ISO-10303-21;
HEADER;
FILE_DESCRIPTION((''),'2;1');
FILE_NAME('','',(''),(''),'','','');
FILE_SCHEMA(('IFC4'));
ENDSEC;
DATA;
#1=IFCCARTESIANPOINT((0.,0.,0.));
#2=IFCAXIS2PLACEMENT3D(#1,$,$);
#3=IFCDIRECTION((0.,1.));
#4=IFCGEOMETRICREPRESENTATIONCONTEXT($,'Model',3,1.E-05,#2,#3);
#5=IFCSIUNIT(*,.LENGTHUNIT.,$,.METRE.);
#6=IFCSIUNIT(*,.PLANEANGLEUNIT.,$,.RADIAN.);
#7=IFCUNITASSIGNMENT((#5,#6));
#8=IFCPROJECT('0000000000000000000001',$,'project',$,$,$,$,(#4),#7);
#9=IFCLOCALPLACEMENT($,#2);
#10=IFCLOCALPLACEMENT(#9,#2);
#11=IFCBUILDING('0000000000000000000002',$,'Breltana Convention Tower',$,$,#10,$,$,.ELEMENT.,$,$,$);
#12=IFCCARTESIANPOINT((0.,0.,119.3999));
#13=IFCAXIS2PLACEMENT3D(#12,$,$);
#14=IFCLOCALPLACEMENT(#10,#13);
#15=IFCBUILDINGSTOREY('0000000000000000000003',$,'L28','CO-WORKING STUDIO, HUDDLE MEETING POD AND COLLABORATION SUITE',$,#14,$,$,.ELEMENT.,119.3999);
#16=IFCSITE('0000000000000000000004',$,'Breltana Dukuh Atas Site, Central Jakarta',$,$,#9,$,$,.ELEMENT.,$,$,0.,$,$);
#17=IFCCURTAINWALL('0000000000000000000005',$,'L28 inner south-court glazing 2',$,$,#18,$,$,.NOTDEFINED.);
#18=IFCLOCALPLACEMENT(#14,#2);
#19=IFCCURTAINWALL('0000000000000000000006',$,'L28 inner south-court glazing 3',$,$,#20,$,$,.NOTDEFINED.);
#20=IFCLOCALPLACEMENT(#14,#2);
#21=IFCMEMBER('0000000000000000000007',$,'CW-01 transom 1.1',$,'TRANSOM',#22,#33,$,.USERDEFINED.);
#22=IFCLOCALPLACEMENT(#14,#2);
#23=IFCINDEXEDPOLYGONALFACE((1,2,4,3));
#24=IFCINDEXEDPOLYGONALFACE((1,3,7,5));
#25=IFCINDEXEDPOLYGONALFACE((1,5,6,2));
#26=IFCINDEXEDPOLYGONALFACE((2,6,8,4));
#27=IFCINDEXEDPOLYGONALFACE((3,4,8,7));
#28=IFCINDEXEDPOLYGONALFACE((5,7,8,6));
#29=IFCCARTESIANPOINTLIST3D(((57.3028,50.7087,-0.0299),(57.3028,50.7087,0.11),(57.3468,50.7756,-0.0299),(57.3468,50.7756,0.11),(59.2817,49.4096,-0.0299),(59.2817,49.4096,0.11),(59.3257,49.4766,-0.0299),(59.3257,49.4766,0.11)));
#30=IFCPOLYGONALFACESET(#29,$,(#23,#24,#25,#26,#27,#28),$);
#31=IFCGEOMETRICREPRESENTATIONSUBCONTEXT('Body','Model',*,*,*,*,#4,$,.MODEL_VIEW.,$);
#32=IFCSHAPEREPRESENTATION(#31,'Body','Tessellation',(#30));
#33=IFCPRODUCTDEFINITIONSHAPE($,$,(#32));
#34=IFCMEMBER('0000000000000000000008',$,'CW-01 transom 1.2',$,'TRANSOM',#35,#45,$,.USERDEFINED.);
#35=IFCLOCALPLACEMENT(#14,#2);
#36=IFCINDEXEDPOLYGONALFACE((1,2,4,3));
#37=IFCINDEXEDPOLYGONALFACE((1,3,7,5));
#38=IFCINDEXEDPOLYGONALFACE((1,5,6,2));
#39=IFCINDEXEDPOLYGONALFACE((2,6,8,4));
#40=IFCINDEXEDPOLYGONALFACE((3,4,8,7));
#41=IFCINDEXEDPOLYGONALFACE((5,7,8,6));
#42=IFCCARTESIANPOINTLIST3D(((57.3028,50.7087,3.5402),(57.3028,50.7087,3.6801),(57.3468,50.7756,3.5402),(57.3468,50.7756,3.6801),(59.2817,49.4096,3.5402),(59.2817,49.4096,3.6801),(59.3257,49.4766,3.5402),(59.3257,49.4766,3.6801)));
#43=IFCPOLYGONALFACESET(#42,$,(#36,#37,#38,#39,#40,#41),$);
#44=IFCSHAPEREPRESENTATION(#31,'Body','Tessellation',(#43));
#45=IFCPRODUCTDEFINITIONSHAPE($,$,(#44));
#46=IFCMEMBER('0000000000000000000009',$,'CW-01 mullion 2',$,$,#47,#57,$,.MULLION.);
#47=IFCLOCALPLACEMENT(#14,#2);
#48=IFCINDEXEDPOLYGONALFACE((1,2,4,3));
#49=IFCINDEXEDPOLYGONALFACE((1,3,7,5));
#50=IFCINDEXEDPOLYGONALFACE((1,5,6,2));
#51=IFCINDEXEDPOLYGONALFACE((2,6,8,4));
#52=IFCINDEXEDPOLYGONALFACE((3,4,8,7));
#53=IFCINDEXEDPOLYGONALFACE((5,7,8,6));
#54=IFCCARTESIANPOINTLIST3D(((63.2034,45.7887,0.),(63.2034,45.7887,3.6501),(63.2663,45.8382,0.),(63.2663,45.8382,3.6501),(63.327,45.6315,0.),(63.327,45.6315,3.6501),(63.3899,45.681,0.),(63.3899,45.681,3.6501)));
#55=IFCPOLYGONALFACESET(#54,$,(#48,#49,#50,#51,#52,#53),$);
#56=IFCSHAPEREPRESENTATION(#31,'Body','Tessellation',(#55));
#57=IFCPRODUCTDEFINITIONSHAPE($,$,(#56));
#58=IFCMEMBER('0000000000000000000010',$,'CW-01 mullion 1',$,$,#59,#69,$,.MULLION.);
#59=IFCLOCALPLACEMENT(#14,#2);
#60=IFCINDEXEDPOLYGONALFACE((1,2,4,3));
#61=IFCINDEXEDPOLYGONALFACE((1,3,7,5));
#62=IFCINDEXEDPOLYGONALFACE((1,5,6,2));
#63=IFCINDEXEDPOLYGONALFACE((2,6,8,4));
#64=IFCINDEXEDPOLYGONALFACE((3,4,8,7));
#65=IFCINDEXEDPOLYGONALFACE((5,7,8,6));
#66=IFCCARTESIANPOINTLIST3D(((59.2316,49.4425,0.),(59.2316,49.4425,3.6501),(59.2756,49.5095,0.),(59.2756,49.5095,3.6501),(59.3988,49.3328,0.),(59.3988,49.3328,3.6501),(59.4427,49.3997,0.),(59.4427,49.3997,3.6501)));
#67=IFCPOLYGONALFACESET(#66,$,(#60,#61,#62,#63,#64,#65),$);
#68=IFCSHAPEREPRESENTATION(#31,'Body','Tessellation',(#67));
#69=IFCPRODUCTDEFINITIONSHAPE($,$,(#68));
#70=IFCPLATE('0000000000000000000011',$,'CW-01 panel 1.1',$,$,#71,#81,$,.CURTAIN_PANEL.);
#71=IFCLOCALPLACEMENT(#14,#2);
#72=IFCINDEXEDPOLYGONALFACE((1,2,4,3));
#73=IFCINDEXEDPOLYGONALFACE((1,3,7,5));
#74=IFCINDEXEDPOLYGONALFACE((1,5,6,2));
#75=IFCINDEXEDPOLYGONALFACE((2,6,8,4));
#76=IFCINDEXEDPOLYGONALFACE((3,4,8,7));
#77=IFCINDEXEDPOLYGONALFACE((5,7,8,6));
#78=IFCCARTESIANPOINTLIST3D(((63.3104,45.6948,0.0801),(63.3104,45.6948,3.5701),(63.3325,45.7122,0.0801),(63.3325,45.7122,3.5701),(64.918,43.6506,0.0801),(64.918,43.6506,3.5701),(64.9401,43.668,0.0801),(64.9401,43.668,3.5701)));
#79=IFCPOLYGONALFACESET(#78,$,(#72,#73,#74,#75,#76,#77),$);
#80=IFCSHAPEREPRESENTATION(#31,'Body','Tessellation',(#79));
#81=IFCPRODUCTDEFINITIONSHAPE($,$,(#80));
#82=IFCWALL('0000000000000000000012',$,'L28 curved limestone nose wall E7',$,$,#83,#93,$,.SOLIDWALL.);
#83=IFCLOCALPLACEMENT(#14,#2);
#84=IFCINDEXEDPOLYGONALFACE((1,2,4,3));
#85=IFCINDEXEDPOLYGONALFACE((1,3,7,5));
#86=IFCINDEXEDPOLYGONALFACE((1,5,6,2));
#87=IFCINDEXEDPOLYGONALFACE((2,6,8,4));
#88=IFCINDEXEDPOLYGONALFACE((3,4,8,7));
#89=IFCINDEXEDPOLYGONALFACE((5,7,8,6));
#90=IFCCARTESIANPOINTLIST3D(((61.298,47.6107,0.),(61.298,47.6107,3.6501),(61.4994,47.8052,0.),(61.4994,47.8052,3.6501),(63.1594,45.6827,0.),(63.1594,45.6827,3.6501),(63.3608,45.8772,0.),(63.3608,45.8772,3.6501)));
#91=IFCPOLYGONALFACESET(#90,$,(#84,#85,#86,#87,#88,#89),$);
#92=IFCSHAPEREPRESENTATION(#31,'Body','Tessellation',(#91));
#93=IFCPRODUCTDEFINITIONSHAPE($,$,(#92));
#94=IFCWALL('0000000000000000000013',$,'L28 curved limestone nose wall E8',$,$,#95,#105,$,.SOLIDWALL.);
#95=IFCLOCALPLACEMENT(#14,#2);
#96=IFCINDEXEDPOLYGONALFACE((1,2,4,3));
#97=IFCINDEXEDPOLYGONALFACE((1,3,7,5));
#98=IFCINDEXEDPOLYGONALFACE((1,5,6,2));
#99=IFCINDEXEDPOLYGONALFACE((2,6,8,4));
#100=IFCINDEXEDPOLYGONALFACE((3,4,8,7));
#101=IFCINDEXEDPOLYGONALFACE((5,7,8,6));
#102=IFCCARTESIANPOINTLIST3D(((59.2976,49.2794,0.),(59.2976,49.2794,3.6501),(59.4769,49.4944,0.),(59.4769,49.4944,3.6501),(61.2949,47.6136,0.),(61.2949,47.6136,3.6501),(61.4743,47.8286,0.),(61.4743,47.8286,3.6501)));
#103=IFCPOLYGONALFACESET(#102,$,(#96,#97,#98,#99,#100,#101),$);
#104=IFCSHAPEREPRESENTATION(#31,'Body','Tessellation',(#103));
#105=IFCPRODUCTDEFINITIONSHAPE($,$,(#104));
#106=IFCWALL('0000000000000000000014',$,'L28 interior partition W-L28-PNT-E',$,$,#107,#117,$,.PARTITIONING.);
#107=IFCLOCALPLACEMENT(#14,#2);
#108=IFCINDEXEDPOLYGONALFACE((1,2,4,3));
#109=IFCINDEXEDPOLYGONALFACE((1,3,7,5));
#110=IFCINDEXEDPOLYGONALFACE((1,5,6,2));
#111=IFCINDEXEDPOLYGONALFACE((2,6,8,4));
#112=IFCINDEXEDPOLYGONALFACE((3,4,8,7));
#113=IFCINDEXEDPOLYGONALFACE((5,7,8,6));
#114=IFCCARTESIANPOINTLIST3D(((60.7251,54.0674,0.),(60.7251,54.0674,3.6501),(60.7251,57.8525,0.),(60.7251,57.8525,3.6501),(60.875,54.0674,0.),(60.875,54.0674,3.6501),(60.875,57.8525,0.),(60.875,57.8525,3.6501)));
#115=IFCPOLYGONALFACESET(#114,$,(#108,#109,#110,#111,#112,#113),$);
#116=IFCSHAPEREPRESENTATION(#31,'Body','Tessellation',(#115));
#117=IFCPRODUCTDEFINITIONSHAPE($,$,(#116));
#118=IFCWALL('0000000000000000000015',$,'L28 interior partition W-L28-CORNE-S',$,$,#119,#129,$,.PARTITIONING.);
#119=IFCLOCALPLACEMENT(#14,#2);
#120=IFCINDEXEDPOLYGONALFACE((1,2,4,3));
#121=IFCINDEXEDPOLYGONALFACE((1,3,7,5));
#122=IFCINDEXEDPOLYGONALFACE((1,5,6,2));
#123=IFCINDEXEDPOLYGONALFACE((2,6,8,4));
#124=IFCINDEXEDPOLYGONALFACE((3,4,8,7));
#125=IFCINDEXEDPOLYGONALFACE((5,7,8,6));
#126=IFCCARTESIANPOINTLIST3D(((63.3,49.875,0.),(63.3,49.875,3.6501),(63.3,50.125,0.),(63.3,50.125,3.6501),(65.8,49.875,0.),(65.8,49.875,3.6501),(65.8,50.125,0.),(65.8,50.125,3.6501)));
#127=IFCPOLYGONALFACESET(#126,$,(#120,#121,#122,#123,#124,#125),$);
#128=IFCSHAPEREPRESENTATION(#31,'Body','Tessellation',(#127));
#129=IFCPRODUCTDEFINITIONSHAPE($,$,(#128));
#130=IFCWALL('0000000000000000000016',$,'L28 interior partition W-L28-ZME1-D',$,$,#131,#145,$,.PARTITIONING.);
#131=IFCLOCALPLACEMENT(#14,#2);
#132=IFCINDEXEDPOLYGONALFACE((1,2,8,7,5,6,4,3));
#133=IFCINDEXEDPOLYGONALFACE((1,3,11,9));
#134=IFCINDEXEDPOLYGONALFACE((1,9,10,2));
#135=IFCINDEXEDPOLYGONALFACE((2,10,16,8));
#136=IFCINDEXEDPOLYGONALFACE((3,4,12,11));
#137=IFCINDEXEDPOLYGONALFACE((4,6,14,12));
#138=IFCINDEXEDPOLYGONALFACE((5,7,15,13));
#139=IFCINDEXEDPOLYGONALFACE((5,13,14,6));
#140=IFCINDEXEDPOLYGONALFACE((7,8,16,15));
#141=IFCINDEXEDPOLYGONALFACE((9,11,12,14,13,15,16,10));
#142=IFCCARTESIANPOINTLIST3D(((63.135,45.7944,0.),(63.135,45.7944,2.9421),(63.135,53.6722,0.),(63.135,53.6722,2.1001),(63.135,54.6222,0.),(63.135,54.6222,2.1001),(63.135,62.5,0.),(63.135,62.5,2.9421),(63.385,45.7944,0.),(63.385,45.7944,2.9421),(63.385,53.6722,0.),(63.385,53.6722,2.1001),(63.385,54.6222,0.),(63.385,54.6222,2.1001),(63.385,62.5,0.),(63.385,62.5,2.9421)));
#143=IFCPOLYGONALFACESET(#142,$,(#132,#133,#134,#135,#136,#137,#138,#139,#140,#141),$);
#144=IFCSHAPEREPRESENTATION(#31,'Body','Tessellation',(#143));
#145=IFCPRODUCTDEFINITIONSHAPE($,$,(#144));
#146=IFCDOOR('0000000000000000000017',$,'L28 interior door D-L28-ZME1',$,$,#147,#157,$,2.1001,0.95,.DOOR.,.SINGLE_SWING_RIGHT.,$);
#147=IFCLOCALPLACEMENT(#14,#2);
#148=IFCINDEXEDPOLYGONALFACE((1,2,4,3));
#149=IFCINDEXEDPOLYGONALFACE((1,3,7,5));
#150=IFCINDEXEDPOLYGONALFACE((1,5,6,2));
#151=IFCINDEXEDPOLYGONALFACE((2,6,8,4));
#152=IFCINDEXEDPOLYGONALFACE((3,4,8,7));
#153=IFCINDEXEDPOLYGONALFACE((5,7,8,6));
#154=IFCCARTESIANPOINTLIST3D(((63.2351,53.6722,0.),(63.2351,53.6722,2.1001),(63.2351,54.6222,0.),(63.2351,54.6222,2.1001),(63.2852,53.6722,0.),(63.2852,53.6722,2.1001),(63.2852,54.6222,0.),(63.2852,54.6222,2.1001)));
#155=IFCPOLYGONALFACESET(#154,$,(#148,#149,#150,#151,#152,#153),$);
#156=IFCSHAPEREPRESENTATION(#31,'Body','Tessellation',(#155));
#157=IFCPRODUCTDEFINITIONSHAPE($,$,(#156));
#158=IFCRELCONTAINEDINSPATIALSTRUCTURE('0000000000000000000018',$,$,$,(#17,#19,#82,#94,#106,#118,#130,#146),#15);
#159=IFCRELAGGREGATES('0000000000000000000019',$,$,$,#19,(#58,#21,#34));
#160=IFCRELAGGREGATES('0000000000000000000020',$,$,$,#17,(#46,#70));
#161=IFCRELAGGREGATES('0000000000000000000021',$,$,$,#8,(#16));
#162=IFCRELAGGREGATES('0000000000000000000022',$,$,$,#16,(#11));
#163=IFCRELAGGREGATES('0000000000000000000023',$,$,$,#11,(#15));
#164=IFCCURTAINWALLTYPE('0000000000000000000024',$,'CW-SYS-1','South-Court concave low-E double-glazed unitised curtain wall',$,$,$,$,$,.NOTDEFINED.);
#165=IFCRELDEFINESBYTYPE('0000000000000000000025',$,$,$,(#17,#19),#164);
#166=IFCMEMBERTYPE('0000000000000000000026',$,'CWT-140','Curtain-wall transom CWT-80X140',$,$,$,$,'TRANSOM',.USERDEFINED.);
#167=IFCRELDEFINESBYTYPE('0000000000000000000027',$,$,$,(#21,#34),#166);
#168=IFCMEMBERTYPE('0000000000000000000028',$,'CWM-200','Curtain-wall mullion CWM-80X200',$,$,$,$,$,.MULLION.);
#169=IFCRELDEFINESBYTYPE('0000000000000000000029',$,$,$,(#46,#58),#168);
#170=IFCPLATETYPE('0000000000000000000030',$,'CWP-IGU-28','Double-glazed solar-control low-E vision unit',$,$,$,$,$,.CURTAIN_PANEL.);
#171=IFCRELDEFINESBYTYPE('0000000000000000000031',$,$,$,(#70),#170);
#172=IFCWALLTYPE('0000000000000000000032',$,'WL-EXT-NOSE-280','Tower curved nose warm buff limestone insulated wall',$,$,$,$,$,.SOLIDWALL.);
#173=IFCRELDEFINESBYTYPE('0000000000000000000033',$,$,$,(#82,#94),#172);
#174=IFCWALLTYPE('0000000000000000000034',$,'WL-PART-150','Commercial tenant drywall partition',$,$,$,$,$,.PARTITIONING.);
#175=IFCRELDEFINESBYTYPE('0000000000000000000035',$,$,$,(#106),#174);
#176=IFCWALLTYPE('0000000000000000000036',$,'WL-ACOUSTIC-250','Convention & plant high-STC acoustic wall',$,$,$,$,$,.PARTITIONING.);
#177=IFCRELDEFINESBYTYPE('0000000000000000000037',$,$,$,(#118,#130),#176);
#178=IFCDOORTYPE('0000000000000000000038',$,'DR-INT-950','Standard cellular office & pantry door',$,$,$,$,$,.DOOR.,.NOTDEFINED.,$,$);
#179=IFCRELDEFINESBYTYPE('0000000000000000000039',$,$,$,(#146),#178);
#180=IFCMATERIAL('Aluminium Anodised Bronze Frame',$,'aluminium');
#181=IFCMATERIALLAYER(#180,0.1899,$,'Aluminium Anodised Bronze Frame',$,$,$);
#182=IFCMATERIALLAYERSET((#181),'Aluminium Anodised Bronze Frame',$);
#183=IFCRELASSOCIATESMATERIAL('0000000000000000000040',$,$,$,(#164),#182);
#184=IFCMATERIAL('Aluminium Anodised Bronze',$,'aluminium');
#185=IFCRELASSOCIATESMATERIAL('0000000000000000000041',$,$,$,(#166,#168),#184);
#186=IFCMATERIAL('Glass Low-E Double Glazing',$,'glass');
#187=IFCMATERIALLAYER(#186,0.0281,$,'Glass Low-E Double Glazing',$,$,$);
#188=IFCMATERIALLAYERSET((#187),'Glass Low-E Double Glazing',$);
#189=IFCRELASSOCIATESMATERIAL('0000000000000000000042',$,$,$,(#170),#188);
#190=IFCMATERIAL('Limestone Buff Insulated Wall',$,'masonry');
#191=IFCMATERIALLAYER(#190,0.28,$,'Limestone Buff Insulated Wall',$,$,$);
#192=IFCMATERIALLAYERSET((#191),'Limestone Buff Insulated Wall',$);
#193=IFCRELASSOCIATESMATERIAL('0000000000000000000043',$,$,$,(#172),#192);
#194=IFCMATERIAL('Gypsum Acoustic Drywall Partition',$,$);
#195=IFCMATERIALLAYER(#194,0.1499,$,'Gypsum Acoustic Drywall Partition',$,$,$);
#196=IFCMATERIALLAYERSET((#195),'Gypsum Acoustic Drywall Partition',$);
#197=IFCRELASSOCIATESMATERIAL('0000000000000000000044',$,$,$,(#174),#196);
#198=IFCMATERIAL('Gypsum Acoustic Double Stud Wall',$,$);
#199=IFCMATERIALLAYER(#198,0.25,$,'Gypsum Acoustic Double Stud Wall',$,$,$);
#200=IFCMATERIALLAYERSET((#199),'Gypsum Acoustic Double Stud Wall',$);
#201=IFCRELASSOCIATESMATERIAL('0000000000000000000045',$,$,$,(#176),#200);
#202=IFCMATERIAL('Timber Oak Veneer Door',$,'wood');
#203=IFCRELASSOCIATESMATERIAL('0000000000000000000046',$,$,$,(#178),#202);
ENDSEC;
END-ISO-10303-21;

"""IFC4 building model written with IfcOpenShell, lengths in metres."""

from ifc_helpers import new_model, si_unit, direction, frame, frame_2d, origin, origin_2d, place, context, subcontext, project, spatial, rectangle, extrude, source, transform, mapped, material, layer, layer_set, material_profile, profile_set, type_object, type_shapes, element, fill, aggregate, save


model = new_model("IFC4")

# Units and contexts
model_context = context("Model", 3, precision=1e-05, world=origin(), true_north=direction((0.0, 1.0)))
body_context = subcontext(model_context, "Body", "Model", "MODEL_VIEW")
ifc_project = project(units=[si_unit("LENGTHUNIT", "METRE"), si_unit("PLANEANGLEUNIT", "RADIAN")], contexts=[model_context])

# Site, building, storey
site_placement = place(None, origin())
site = spatial("IfcSite", under=ifc_project, at=site_placement, Name="Breltana Dukuh Atas Site, Central Jakarta", CompositionType="ELEMENT", RefElevation=0.0)
building_placement = place(site_placement, origin())
building = spatial("IfcBuilding", under=site, at=building_placement, Name="Breltana Convention Tower", CompositionType="ELEMENT")
storey_placement = place(building_placement, frame((0.0, 0.0, 119.3999)))
storey = spatial("IfcBuildingStorey", under=building, at=storey_placement, Name="L28", Description="CO-WORKING STUDIO, HUDDLE MEETING POD AND COLLABORATION SUITE", CompositionType="ELEMENT", Elevation=119.3999)

# Curtain wall
ifc_material_1 = material(Name="Aluminium Anodised Bronze Frame", Category="aluminium")
ifc_layer_1 = layer(ifc_material_1, 0.1899, Name="Aluminium Anodised Bronze Frame")
ifc_layer_set_1 = layer_set([ifc_layer_1], Name="Aluminium Anodised Bronze Frame")
curtain_wall_type = type_object("IfcCurtainWallType", Name="CW-SYS-1", Description="South-Court concave low-E double-glazed unitised curtain wall", PredefinedType="NOTDEFINED", material=ifc_layer_set_1)
curtain_wall_1_placement = place(storey_placement, origin())
curtain_wall_1 = element("IfcCurtainWall", 1, at=curtain_wall_1_placement, inside=storey, type_object=curtain_wall_type, Name="L28 inner south-court glazing 2", PredefinedType="NOTDEFINED")
ifc_material_2 = material(Name="Aluminium Anodised Bronze", Category="aluminium")
ifc_material_profile_1 = material_profile(ifc_material_2, rectangle(XDim=0.0801, YDim=0.1399, at=origin_2d()), Name="CWT-80X140")
ifc_profile_set_1 = profile_set([ifc_material_profile_1], Name="Aluminium Anodised Bronze")
member_type_1 = type_object("IfcMemberType", Name="CWT-140", Description="Curtain-wall transom CWT-80X140", ElementType="TRANSOM", PredefinedType="USERDEFINED", material=ifc_profile_set_1)

# Curtain wall, members
curtain_wall_2_placement = place(storey_placement, origin())
curtain_wall_2 = element("IfcCurtainWall", 2, at=curtain_wall_2_placement, inside=storey, type_object=curtain_wall_type, Name="L28 inner south-court glazing 3", PredefinedType="NOTDEFINED")
shared_shape_1 = source(origin(), body_context, "Body", "SweptSolid", [
    extrude(rectangle(XDim=0.0801, YDim=0.1399, at=origin_2d()), origin(), (0.0, 0.0, 1.0), 2.3672),
])
member_1_placement = place(storey_placement, frame((59.3037, 49.4431, 0.04), z_axis=(-0.83598, 0.54876, 0.0), x_axis=(-0.54876, -0.83598, 0.0)))
member_1 = element("IfcMember", 3, at=member_1_placement, type_object=member_type_1, Name="CW-01 transom 1.1", ObjectType="TRANSOM", PredefinedType="USERDEFINED", context=body_context, shape_type="MappedRepresentation", body=[
    mapped(shared_shape_1, transform((0.0, 0.0, 0.0), scale=1.0)),
])
member_2_placement = place(storey_placement, frame((59.3037, 49.4431, 3.6101), z_axis=(-0.83598, 0.54876, 0.0), x_axis=(-0.54876, -0.83598, 0.0)))
member_2 = element("IfcMember", 4, at=member_2_placement, type_object=member_type_1, Name="CW-01 transom 1.2", ObjectType="TRANSOM", PredefinedType="USERDEFINED", context=body_context, shape_type="MappedRepresentation", body=[
    mapped(shared_shape_1, transform((0.0, 0.0, 0.0), scale=1.0)),
])

# Members
ifc_material_profile_2 = material_profile(ifc_material_2, rectangle(XDim=0.0801, YDim=0.2, at=origin_2d()), Name="CWM-80X200")
ifc_profile_set_2 = profile_set([ifc_material_profile_2], Name="Aluminium Anodised Bronze")
member_type_2 = type_object("IfcMemberType", Name="CWM-200", Description="Curtain-wall mullion CWM-80X200", PredefinedType="MULLION", material=ifc_profile_set_2)
shared_shape_2 = source(origin(), body_context, "Body", "SweptSolid", [
    extrude(rectangle(XDim=0.0801, YDim=0.2, at=origin_2d()), origin(), (0.0, 0.0, 1.0), 3.6501),
])
member_3_placement = place(storey_placement, frame((63.2966, 45.7349, 0.0), z_axis=(0.0, 0.0, 1.0), x_axis=(-0.786054, -0.618157, 0.0)))
member_3 = element("IfcMember", 5, at=member_3_placement, type_object=member_type_2, Name="CW-01 mullion 2", PredefinedType="MULLION", context=body_context, shape_type="MappedRepresentation", body=[
    mapped(shared_shape_2, transform((0.0, 0.0, 0.0), scale=1.0)),
])
member_4_placement = place(storey_placement, frame((59.3372, 49.4211, 0.0), z_axis=(0.0, 0.0, 1.0), x_axis=(-0.548778, -0.835968, 0.0)))
member_4 = element("IfcMember", 6, at=member_4_placement, type_object=member_type_2, Name="CW-01 mullion 1", PredefinedType="MULLION", context=body_context, shape_type="MappedRepresentation", body=[
    mapped(shared_shape_2, transform((0.0, 0.0, 0.0), scale=1.0)),
])
aggregate(curtain_wall_2, [member_4, member_1, member_2])

# Plate
ifc_material_3 = material(Name="Glass Low-E Double Glazing", Category="glass")
ifc_layer_2 = layer(ifc_material_3, 0.0281, Name="Glass Low-E Double Glazing")
ifc_layer_set_2 = layer_set([ifc_layer_2], Name="Glass Low-E Double Glazing")
plate_type = type_object("IfcPlateType", Name="CWP-IGU-28", Description="Double-glazed solar-control low-E vision unit", PredefinedType="CURTAIN_PANEL", material=ifc_layer_set_2)
shared_shape_3 = source(origin(), body_context, "Body", "SweptSolid", [
    extrude(rectangle(XDim=2.6006, YDim=0.0281, at=origin_2d()), origin(), (0.0, 0.0, 1.0), 3.49),
])
plate_placement = place(storey_placement, frame((64.1252, 44.6814, 0.0801), z_axis=(0.0, 0.0, 1.0), x_axis=(-0.618157, 0.786054, 0.0)))
plate = element("IfcPlate", 7, at=plate_placement, type_object=plate_type, Name="CW-01 panel 1.1", PredefinedType="CURTAIN_PANEL", context=body_context, shape_type="MappedRepresentation", body=[
    mapped(shared_shape_3, transform((0.0, 0.0, 0.0), scale=1.0)),
])
aggregate(curtain_wall_1, [member_3, plate])

# Walls
ifc_material_4 = material(Name="Limestone Buff Insulated Wall", Category="masonry")
ifc_layer_3 = layer(ifc_material_4, 0.28, Name="Limestone Buff Insulated Wall")
ifc_layer_set_3 = layer_set([ifc_layer_3], Name="Limestone Buff Insulated Wall")
wall_type_1 = type_object("IfcWallType", Name="WL-EXT-NOSE-280", Description="Tower curved nose warm buff limestone insulated wall", PredefinedType="SOLIDWALL", material=ifc_layer_set_3)
shared_shape_4 = source(origin(), body_context, "Body", "SweptSolid", [
    extrude(rectangle(XDim=2.6799, YDim=0.28, at=frame_2d((1.3398, 0.0))), origin(), (0.0, 0.0, 1.0), 3.6501),
])
wall_1_placement = place(storey_placement, frame((63.26, 45.78, 0.0), z_axis=(0.0, 0.0, 1.0), x_axis=(-0.694562, 0.719433, 0.0)))
element("IfcWall", 8, at=wall_1_placement, inside=storey, type_object=wall_type_1, Name="L28 curved limestone nose wall E7", PredefinedType="SOLIDWALL", context=body_context, shape_type="MappedRepresentation", body=[
    mapped(shared_shape_4, transform((0.0, 0.0, 0.0), scale=1.0)),
])
shared_shape_5 = source(origin(), body_context, "Body", "SweptSolid", [
    extrude(rectangle(XDim=2.6008, YDim=0.28, at=frame_2d((1.3003, 0.0))), origin(), (0.0, 0.0, 1.0), 3.6501),
])
wall_2_placement = place(storey_placement, frame((61.3845, 47.7212, 0.0), z_axis=(0.0, 0.0, 1.0), x_axis=(-0.767967, 0.640489, 0.0)))
element("IfcWall", 9, at=wall_2_placement, inside=storey, type_object=wall_type_1, Name="L28 curved limestone nose wall E8", PredefinedType="SOLIDWALL", context=body_context, shape_type="MappedRepresentation", body=[
    mapped(shared_shape_5, transform((0.0, 0.0, 0.0), scale=1.0)),
])
ifc_material_5 = material(Name="Gypsum Acoustic Drywall Partition")
ifc_layer_4 = layer(ifc_material_5, 0.1499, Name="Gypsum Acoustic Drywall Partition")
ifc_layer_set_4 = layer_set([ifc_layer_4], Name="Gypsum Acoustic Drywall Partition")
wall_type_2 = type_object("IfcWallType", Name="WL-PART-150", Description="Commercial tenant drywall partition", PredefinedType="PARTITIONING", material=ifc_layer_set_4)
shared_shape_6 = source(origin(), body_context, "Body", "SweptSolid", [
    extrude(rectangle(XDim=3.7852, YDim=0.1499, at=frame_2d((1.8926, 0.0))), origin(), (0.0, 0.0, 1.0), 3.6501),
])
wall_3_placement = place(storey_placement, frame((60.8, 54.0674, 0.0), z_axis=(0.0, 0.0, 1.0), x_axis=(0.0, 1.0, 0.0)))
element("IfcWall", 10, at=wall_3_placement, inside=storey, type_object=wall_type_2, Name="L28 interior partition W-L28-PNT-E", PredefinedType="PARTITIONING", context=body_context, shape_type="MappedRepresentation", body=[
    mapped(shared_shape_6, transform((0.0, 0.0, 0.0), scale=1.0)),
])
ifc_material_6 = material(Name="Gypsum Acoustic Double Stud Wall")
ifc_layer_5 = layer(ifc_material_6, 0.25, Name="Gypsum Acoustic Double Stud Wall")
ifc_layer_set_5 = layer_set([ifc_layer_5], Name="Gypsum Acoustic Double Stud Wall")
wall_type_3 = type_object("IfcWallType", Name="WL-ACOUSTIC-250", Description="Convention & plant high-STC acoustic wall", PredefinedType="PARTITIONING", material=ifc_layer_set_5)
shared_shape_7 = source(origin(), body_context, "Body", "SweptSolid", [
    extrude(rectangle(XDim=2.5, YDim=0.25, at=frame_2d((1.25, 0.0))), origin(), (0.0, 0.0, 1.0), 3.6501),
])
wall_4_placement = place(storey_placement, frame((63.3, 50.0, 0.0), z_axis=(0.0, 0.0, 1.0), x_axis=(1.0, 0.0, 0.0)))
element("IfcWall", 11, at=wall_4_placement, inside=storey, type_object=wall_type_3, Name="L28 interior partition W-L28-CORNE-S", PredefinedType="PARTITIONING", context=body_context, shape_type="MappedRepresentation", body=[
    mapped(shared_shape_7, transform((0.0, 0.0, 0.0), scale=1.0)),
])

# Wall, opening, door
shared_shape_8 = source(origin(), body_context, "Body", "SweptSolid", [
    extrude(rectangle(XDim=16.7056, YDim=0.25, at=frame_2d((8.3528, 0.0))), origin(), (0.0, 0.0, 1.0), 2.9421),
])
wall_5_placement = place(storey_placement, frame((63.26, 45.7944, 0.0), z_axis=(0.0, 0.0, 1.0), x_axis=(0.0, 1.0, 0.0)))
wall_5 = element("IfcWall", 12, at=wall_5_placement, inside=storey, type_object=wall_type_3, Name="L28 interior partition W-L28-ZME1-D", PredefinedType="PARTITIONING", context=body_context, shape_type="MappedRepresentation", body=[
    mapped(shared_shape_8, transform((0.0, 0.0, 0.0), scale=1.0)),
])
opening_placement = place(wall_5_placement, frame((7.8777, 0.0, 0.0)))
opening = element("IfcOpeningElement", 13, at=opening_placement, cuts=wall_5, PredefinedType="OPENING", context=body_context, shape_type="SweptSolid", body=[
    extrude(rectangle(XDim=0.95, YDim=2.1001, at=frame_2d((0.4751, 1.05))), frame((0.0, 0.135, 0.0), z_axis=(0.0, -1.0, 0.0), x_axis=(1.0, 0.0, 0.0)), (0.0, 0.0, 1.0), 0.27),
])
ifc_material_7 = material(Name="Timber Oak Veneer Door", Category="wood")
door_type = type_object("IfcDoorType", Name="DR-INT-950", Description="Standard cellular office & pantry door", OperationType="NOTDEFINED", PredefinedType="DOOR", material=ifc_material_7)
shared_shape_9 = source(origin(), body_context, "Body", "SweptSolid", [
    extrude(rectangle(XDim=0.95, YDim=2.1001, at=frame_2d((0.4751, 1.05))), frame((0.0, 0.0249, 0.0), z_axis=(0.0, -1.0, 0.0), x_axis=(1.0, 0.0, 0.0)), (0.0, 0.0, 1.0), 0.05),
])
type_shapes(door_type, [shared_shape_9])
door_placement = place(opening_placement, origin())
door = element("IfcDoor", 14, at=door_placement, inside=storey, type_object=door_type, Name="L28 interior door D-L28-ZME1", OperationType="SINGLE_SWING_RIGHT", OverallHeight=2.1001, OverallWidth=0.95, PredefinedType="DOOR", context=body_context, shape_type="MappedRepresentation", body=[
    mapped(shared_shape_9, transform((0.0, 0.0, 0.0), scale=1.0)),
])
fill(opening, door)

save(model, "model.ifc")
